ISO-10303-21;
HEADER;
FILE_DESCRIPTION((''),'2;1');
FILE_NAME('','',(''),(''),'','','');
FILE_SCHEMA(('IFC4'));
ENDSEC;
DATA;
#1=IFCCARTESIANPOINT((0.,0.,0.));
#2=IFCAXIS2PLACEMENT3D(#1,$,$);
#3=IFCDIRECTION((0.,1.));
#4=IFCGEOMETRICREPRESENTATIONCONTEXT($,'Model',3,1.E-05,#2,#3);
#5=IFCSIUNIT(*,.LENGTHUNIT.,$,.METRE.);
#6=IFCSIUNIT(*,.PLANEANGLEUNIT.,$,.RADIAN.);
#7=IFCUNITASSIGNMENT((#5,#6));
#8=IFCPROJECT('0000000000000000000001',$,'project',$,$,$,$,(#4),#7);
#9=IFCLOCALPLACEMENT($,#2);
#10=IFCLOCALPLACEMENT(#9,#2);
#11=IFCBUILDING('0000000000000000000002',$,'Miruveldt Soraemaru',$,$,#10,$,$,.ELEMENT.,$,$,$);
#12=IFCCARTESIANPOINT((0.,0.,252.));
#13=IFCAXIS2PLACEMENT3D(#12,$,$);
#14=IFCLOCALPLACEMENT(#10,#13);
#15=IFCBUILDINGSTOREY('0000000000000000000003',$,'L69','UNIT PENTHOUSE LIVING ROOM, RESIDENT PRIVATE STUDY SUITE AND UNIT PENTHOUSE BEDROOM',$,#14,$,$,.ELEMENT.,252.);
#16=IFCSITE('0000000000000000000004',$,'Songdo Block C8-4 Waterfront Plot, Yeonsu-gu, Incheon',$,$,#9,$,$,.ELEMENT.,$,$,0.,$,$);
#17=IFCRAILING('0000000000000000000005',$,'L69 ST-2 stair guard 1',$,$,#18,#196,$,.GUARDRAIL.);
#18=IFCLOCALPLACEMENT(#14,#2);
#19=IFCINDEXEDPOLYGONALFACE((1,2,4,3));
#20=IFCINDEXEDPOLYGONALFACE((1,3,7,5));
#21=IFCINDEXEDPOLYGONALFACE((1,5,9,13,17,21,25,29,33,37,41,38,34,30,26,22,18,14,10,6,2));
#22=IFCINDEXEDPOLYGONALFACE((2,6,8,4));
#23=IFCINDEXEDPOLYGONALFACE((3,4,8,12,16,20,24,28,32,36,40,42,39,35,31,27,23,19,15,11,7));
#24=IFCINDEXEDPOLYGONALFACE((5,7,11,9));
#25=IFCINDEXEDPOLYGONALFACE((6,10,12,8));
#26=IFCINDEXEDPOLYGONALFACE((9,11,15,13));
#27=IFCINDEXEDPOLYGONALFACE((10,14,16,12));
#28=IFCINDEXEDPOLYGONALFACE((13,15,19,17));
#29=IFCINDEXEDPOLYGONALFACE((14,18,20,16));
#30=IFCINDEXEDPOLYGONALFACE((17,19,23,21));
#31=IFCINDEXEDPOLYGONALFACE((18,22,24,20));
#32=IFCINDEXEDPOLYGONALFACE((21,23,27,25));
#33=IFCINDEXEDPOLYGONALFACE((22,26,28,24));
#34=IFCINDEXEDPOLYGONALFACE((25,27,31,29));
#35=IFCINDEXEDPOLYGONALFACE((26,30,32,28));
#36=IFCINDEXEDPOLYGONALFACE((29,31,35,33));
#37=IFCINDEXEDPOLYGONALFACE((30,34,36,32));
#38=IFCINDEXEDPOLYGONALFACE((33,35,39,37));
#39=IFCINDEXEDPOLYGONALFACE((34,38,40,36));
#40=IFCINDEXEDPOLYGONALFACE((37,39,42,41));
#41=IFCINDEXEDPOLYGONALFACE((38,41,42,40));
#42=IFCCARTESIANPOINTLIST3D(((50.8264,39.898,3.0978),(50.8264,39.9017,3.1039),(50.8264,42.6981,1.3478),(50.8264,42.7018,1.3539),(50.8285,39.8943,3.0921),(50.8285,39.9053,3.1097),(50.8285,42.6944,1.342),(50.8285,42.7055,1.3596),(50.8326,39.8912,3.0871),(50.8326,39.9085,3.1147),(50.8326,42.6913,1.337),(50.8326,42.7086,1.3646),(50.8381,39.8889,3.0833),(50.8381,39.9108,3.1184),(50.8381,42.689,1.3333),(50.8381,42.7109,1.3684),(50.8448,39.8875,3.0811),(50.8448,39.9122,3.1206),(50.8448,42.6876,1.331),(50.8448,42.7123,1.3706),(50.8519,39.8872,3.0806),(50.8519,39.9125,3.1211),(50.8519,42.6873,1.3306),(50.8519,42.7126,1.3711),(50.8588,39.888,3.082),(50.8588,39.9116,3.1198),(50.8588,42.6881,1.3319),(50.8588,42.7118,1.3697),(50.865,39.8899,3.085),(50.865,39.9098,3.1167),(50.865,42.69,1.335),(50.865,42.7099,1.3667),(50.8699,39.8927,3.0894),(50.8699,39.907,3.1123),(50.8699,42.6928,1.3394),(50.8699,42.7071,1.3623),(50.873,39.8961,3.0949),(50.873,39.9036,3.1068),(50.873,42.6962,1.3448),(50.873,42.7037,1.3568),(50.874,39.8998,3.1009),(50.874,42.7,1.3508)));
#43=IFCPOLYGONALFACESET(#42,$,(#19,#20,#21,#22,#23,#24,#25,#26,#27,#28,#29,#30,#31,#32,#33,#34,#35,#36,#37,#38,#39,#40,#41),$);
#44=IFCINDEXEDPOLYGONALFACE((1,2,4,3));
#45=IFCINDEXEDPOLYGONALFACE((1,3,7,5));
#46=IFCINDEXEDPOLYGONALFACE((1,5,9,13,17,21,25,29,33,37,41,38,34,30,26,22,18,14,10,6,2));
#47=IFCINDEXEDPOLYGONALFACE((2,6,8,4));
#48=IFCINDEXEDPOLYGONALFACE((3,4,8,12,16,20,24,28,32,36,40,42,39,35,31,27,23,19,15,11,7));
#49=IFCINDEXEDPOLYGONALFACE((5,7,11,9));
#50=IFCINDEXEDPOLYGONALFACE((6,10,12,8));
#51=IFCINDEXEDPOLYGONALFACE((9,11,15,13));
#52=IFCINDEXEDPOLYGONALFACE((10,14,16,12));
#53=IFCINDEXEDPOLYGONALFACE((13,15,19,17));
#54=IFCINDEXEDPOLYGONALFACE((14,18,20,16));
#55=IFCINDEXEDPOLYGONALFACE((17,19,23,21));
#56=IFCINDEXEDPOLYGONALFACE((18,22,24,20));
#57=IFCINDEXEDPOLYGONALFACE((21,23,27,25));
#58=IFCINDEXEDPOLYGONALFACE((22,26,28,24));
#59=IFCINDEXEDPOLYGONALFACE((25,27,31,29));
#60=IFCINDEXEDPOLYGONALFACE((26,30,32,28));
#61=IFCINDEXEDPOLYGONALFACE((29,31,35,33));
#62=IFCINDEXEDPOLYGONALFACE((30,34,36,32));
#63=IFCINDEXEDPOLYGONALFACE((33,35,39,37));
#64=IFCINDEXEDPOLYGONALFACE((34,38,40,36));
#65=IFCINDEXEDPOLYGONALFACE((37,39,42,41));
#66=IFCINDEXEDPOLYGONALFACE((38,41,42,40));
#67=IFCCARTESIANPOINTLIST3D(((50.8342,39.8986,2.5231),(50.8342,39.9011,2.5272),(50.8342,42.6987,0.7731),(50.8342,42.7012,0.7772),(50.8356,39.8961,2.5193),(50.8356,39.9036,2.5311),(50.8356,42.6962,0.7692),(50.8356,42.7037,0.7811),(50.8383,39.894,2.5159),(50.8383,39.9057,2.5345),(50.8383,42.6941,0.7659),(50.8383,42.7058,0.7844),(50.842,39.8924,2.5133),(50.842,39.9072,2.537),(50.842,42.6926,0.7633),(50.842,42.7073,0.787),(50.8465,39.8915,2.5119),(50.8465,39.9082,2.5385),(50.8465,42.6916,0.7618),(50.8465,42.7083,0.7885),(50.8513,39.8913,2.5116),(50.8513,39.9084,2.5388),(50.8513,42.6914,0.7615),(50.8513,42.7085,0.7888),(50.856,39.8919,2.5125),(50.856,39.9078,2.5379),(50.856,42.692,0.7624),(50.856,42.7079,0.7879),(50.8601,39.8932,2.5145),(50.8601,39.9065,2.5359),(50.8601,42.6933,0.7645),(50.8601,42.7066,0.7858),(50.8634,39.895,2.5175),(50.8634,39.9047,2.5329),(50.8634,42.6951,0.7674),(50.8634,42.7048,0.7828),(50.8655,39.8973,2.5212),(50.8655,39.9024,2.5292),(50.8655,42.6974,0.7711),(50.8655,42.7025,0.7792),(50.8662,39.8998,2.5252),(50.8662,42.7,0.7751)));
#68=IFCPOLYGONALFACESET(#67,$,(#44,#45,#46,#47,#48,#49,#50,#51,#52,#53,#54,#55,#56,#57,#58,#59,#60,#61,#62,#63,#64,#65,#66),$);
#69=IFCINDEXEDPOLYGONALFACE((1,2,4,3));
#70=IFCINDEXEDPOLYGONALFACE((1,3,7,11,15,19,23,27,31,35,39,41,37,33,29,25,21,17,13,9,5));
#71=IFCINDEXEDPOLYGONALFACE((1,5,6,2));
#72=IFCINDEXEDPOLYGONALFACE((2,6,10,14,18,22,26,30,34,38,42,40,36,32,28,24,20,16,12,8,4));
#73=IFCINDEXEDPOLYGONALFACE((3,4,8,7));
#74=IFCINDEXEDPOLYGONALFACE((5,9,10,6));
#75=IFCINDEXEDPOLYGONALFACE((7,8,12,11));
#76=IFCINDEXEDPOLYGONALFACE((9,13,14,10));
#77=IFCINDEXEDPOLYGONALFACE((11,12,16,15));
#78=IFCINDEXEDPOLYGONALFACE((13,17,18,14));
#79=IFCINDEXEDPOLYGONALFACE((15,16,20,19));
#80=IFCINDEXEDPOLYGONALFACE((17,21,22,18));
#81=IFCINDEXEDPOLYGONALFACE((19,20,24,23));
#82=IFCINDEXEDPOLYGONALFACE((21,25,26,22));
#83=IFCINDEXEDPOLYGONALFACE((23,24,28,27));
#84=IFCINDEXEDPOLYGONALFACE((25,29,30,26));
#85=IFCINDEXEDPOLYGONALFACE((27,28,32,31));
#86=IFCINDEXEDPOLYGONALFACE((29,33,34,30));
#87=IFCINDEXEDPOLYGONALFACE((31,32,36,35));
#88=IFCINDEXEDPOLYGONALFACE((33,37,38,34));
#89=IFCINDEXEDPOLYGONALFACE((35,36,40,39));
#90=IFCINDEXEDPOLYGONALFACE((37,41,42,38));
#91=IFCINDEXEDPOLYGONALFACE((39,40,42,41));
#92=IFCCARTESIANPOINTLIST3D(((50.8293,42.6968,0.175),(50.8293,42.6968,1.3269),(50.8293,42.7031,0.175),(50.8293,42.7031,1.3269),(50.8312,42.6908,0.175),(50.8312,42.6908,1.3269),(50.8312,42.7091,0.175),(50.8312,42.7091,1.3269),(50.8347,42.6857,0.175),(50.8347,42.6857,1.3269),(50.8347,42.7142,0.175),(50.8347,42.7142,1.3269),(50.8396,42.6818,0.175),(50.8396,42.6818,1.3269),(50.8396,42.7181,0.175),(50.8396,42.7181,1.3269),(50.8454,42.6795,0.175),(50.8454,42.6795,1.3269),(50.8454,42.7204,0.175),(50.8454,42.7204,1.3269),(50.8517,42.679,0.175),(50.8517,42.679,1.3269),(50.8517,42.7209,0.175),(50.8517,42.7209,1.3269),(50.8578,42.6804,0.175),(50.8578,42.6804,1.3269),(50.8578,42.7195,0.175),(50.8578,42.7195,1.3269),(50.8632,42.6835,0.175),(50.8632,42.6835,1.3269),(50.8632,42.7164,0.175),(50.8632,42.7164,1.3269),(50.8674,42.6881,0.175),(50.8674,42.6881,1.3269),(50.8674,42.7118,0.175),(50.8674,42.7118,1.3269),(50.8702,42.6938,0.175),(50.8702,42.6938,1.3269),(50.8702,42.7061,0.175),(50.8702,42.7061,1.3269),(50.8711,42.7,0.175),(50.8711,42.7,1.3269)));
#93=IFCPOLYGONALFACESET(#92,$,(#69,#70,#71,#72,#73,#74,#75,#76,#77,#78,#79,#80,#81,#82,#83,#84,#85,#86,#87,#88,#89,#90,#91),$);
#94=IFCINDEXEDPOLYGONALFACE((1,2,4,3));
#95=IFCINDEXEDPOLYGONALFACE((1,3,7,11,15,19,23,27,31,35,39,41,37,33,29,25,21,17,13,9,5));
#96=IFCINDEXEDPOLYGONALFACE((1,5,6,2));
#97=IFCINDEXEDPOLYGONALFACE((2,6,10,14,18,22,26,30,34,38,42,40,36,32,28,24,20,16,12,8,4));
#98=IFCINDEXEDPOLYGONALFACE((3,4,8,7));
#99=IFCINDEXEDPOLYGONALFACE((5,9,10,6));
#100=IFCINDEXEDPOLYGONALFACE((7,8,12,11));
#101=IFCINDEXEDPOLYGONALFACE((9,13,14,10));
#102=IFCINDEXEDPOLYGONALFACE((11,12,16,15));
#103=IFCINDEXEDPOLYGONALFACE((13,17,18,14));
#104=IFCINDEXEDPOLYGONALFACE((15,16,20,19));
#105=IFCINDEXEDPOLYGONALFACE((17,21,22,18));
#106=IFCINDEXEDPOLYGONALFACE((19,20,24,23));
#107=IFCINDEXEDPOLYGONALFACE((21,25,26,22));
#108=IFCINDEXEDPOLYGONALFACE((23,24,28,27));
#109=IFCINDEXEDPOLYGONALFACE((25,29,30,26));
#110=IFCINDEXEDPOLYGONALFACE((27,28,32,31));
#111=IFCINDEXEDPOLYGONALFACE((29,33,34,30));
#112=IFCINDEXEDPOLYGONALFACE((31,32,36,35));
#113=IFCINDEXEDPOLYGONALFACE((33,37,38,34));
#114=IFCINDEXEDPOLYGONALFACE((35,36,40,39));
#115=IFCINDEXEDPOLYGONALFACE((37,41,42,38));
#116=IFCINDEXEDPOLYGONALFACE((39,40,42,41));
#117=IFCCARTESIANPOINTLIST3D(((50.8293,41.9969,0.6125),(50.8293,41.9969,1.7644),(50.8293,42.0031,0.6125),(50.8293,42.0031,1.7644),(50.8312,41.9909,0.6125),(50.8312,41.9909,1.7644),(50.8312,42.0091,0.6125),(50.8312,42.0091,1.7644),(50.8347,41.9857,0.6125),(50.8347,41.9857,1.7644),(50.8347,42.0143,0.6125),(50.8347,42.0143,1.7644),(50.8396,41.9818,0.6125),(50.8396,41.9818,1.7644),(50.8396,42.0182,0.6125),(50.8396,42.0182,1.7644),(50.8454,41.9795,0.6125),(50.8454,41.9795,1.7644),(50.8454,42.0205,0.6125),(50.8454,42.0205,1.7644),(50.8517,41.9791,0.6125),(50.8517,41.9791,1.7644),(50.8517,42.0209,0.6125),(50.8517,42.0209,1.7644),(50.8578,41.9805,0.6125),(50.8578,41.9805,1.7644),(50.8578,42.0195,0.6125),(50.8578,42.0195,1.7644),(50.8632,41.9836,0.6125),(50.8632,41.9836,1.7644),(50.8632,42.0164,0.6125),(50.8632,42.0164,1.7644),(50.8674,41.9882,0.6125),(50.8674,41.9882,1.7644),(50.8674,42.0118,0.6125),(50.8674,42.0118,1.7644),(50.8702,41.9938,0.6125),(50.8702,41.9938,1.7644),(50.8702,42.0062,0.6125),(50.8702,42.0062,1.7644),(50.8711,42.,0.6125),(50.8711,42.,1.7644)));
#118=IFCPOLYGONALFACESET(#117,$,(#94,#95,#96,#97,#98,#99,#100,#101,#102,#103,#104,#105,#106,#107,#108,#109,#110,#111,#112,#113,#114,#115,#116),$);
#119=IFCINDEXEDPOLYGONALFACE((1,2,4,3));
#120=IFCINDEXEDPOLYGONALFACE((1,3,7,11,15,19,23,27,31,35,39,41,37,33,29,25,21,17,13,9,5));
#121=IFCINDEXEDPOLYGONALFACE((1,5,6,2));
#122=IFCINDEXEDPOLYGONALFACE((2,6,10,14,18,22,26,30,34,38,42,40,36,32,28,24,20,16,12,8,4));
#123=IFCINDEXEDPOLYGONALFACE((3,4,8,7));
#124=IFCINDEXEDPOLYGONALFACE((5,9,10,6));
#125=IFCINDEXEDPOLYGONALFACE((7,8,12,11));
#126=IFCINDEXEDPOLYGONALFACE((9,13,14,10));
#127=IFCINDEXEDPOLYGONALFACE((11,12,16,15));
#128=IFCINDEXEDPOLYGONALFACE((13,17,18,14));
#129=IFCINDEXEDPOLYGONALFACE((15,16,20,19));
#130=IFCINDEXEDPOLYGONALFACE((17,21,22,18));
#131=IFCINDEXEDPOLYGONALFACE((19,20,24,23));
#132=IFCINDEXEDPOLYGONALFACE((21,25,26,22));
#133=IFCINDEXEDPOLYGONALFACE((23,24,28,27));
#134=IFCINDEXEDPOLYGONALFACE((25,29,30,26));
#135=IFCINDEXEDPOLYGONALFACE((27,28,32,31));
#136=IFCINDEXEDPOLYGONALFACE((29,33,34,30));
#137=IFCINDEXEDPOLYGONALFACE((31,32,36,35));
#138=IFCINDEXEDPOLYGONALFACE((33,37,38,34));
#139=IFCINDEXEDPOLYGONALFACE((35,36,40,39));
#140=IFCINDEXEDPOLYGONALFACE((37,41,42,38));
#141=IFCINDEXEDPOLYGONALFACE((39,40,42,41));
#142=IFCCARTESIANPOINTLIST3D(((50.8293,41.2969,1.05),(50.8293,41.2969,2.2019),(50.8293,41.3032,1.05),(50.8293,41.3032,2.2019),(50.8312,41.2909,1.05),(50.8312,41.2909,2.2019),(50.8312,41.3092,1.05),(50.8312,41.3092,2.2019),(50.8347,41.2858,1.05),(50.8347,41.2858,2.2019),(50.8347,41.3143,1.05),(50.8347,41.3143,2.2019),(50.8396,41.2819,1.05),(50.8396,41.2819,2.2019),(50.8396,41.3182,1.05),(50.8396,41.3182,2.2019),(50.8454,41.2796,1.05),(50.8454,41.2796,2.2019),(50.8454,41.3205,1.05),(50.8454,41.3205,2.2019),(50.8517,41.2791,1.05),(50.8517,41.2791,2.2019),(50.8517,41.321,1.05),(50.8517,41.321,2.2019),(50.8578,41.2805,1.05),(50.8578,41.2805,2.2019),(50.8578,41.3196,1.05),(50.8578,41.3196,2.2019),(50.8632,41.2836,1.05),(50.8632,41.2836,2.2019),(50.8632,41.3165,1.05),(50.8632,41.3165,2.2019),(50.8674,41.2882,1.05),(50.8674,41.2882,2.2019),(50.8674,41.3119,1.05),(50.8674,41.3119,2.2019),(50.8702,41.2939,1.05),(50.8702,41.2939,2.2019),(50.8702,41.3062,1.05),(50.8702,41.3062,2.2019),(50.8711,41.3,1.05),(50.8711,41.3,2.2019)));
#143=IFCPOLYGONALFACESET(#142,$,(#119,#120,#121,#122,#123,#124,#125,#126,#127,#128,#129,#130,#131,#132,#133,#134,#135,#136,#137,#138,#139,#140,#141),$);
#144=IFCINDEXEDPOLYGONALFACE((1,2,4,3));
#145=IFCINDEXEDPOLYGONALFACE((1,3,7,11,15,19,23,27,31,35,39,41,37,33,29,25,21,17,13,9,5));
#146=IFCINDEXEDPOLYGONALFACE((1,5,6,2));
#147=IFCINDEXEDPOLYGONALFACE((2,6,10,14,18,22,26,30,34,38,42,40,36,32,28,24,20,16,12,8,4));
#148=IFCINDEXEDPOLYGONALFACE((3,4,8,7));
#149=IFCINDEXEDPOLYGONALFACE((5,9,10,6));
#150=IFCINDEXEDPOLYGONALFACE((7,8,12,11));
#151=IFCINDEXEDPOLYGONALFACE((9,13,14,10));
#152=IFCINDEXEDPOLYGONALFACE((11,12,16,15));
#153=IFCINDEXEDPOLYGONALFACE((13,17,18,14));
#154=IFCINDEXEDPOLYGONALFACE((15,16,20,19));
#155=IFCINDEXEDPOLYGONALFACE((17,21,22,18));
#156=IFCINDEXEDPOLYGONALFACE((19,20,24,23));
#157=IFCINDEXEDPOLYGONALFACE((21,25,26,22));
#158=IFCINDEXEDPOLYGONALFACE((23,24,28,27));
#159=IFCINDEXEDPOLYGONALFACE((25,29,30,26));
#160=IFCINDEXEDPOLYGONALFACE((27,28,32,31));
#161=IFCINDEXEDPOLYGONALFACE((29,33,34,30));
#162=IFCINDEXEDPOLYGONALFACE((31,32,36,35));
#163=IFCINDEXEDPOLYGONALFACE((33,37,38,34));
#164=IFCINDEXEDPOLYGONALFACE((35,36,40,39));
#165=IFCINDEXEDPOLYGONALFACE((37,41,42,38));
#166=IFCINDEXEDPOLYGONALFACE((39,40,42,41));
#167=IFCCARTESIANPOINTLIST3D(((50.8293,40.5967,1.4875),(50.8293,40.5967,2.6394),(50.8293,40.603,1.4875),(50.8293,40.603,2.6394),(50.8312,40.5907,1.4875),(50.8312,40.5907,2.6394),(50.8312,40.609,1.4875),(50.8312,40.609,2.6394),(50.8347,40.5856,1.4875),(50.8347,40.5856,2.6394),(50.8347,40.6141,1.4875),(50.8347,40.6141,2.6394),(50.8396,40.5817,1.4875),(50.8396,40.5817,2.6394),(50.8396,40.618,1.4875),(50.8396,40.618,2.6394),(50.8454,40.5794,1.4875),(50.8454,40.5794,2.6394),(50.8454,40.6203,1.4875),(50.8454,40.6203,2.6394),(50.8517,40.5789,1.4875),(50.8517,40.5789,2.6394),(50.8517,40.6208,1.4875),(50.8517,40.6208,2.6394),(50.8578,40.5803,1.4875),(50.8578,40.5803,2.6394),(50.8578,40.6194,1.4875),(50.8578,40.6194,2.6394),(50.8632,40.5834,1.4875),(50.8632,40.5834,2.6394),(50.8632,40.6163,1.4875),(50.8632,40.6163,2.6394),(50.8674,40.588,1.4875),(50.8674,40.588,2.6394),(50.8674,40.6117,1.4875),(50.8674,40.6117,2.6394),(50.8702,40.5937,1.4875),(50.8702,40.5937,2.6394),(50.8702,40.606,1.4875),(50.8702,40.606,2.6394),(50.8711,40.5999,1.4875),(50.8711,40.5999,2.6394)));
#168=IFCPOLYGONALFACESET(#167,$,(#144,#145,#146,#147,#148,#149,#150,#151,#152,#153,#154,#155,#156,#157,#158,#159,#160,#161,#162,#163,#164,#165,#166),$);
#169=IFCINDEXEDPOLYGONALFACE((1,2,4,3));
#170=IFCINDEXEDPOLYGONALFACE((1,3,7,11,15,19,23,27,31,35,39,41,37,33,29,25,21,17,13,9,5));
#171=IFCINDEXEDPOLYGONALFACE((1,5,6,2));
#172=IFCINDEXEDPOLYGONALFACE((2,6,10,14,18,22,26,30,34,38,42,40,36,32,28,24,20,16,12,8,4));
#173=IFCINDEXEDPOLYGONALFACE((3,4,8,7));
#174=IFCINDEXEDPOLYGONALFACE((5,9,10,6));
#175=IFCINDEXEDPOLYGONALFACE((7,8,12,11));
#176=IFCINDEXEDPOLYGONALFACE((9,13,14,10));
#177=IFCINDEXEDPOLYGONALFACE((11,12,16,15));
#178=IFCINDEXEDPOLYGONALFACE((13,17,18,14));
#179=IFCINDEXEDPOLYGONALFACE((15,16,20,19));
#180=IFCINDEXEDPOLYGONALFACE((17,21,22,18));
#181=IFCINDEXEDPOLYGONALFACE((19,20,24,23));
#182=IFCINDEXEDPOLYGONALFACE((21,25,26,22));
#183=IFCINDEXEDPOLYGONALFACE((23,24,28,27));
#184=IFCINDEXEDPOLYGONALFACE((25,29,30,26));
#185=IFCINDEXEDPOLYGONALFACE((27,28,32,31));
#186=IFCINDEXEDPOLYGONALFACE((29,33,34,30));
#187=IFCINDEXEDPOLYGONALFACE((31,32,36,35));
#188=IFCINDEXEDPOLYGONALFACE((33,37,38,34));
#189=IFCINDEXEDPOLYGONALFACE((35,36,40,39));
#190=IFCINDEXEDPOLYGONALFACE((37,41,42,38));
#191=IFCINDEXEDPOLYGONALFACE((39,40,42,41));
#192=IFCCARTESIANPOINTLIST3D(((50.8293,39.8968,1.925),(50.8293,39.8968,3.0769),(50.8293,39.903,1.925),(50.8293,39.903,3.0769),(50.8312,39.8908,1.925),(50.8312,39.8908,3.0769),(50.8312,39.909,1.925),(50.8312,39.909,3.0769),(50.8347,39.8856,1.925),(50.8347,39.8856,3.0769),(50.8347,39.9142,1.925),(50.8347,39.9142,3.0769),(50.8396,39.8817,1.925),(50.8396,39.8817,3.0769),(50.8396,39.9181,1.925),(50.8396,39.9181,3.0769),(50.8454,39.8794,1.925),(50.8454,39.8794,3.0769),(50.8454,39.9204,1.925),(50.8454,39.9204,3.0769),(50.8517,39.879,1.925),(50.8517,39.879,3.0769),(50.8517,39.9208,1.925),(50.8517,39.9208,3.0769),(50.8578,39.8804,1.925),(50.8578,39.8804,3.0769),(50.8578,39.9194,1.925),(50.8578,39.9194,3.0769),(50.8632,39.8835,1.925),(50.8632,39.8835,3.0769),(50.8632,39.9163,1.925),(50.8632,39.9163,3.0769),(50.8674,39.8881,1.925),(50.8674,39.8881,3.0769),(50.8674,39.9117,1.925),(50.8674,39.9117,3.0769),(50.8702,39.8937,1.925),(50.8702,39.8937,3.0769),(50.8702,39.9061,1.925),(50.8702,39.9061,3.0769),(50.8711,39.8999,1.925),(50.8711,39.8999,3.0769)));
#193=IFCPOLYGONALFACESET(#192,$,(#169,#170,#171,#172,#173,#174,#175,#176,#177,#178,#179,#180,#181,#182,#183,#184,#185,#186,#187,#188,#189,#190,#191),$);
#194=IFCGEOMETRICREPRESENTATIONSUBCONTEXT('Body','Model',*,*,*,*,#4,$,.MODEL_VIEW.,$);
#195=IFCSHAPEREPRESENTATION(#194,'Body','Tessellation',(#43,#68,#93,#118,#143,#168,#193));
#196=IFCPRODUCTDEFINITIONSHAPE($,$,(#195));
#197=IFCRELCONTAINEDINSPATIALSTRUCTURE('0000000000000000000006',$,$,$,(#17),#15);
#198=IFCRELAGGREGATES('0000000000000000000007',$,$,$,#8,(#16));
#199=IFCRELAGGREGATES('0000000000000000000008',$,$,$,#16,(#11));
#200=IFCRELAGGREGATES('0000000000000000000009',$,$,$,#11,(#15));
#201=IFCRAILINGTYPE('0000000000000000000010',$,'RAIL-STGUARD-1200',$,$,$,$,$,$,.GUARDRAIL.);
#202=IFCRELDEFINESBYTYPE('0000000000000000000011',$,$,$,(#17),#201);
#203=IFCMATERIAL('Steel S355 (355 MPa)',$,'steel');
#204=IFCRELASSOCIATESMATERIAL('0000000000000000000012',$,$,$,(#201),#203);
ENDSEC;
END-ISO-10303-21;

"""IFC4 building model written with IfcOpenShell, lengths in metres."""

from ifc_helpers import new_model, si_unit, direction, frame, origin, origin_2d, place, context, subcontext, project, spatial, circle, extrude, material, type_object, element, save


model = new_model("IFC4")

# Units and contexts
model_context = context("Model", 3, precision=1e-05, world=origin(), true_north=direction((0.0, 1.0)))
body_context = subcontext(model_context, "Body", "Model", "MODEL_VIEW")
ifc_project = project(units=[si_unit("LENGTHUNIT", "METRE"), si_unit("PLANEANGLEUNIT", "RADIAN")], contexts=[model_context])

# Site, building, storey
site_placement = place(None, origin())
site = spatial("IfcSite", under=ifc_project, at=site_placement, Name="Songdo Block C8-4 Waterfront Plot, Yeonsu-gu, Incheon", CompositionType="ELEMENT", RefElevation=0.0)
building_placement = place(site_placement, origin())
building = spatial("IfcBuilding", under=site, at=building_placement, Name="Miruveldt Soraemaru", CompositionType="ELEMENT")
storey_placement = place(building_placement, frame((0.0, 0.0, 252.0)))
storey = spatial("IfcBuildingStorey", under=building, at=storey_placement, Name="L69", Description="UNIT PENTHOUSE LIVING ROOM, RESIDENT PRIVATE STUDY SUITE AND UNIT PENTHOUSE BEDROOM", CompositionType="ELEMENT", Elevation=252.0)

# Railing
ifc_material_1 = material(Name="Steel S355 (355 MPa)", Category="steel")
railing_type_1 = type_object("IfcRailingType", Name="RAIL-STGUARD-1200", PredefinedType="GUARDRAIL", material=ifc_material_1)
railing_1_placement = place(storey_placement, frame((50.8501, 42.7, 0.175)))
element("IfcRailing", 1, at=railing_1_placement, inside=storey, type_object=railing_type_1, Name="L69 ST-2 stair guard 1", PredefinedType="GUARDRAIL", context=body_context, shape_type="SweptSolid", body=[
    extrude(circle(Radius=0.0239, at=origin_2d()), frame((0.0, 0.0, 1.1758), z_axis=(0.0, -0.848002, 0.529992), x_axis=(1.0, 0.0, 0.0)), (0.0, 0.0, 1.0), 3.302),
    extrude(circle(Radius=0.0161, at=origin_2d()), frame((0.0, 0.0, 0.6001), z_axis=(0.0, -0.848002, 0.529992), x_axis=(1.0, 0.0, 0.0)), (0.0, 0.0, 1.0), 3.302),
    extrude(circle(Radius=0.021, at=origin_2d()), origin(), (0.0, 0.0, 1.0), 1.1519),
    extrude(circle(Radius=0.021, at=origin_2d()), frame((0.0, -0.7, 0.4375)), (0.0, 0.0, 1.0), 1.1519),
    extrude(circle(Radius=0.021, at=origin_2d()), frame((0.0, -1.3999, 0.875)), (0.0, 0.0, 1.0), 1.1519),
    extrude(circle(Radius=0.021, at=origin_2d()), frame((0.0, -2.1001, 1.3125)), (0.0, 0.0, 1.0), 1.1519),
    extrude(circle(Radius=0.021, at=origin_2d()), frame((0.0, -2.8, 1.75)), (0.0, 0.0, 1.0), 1.1519),
])

save(model, "model.ifc")
